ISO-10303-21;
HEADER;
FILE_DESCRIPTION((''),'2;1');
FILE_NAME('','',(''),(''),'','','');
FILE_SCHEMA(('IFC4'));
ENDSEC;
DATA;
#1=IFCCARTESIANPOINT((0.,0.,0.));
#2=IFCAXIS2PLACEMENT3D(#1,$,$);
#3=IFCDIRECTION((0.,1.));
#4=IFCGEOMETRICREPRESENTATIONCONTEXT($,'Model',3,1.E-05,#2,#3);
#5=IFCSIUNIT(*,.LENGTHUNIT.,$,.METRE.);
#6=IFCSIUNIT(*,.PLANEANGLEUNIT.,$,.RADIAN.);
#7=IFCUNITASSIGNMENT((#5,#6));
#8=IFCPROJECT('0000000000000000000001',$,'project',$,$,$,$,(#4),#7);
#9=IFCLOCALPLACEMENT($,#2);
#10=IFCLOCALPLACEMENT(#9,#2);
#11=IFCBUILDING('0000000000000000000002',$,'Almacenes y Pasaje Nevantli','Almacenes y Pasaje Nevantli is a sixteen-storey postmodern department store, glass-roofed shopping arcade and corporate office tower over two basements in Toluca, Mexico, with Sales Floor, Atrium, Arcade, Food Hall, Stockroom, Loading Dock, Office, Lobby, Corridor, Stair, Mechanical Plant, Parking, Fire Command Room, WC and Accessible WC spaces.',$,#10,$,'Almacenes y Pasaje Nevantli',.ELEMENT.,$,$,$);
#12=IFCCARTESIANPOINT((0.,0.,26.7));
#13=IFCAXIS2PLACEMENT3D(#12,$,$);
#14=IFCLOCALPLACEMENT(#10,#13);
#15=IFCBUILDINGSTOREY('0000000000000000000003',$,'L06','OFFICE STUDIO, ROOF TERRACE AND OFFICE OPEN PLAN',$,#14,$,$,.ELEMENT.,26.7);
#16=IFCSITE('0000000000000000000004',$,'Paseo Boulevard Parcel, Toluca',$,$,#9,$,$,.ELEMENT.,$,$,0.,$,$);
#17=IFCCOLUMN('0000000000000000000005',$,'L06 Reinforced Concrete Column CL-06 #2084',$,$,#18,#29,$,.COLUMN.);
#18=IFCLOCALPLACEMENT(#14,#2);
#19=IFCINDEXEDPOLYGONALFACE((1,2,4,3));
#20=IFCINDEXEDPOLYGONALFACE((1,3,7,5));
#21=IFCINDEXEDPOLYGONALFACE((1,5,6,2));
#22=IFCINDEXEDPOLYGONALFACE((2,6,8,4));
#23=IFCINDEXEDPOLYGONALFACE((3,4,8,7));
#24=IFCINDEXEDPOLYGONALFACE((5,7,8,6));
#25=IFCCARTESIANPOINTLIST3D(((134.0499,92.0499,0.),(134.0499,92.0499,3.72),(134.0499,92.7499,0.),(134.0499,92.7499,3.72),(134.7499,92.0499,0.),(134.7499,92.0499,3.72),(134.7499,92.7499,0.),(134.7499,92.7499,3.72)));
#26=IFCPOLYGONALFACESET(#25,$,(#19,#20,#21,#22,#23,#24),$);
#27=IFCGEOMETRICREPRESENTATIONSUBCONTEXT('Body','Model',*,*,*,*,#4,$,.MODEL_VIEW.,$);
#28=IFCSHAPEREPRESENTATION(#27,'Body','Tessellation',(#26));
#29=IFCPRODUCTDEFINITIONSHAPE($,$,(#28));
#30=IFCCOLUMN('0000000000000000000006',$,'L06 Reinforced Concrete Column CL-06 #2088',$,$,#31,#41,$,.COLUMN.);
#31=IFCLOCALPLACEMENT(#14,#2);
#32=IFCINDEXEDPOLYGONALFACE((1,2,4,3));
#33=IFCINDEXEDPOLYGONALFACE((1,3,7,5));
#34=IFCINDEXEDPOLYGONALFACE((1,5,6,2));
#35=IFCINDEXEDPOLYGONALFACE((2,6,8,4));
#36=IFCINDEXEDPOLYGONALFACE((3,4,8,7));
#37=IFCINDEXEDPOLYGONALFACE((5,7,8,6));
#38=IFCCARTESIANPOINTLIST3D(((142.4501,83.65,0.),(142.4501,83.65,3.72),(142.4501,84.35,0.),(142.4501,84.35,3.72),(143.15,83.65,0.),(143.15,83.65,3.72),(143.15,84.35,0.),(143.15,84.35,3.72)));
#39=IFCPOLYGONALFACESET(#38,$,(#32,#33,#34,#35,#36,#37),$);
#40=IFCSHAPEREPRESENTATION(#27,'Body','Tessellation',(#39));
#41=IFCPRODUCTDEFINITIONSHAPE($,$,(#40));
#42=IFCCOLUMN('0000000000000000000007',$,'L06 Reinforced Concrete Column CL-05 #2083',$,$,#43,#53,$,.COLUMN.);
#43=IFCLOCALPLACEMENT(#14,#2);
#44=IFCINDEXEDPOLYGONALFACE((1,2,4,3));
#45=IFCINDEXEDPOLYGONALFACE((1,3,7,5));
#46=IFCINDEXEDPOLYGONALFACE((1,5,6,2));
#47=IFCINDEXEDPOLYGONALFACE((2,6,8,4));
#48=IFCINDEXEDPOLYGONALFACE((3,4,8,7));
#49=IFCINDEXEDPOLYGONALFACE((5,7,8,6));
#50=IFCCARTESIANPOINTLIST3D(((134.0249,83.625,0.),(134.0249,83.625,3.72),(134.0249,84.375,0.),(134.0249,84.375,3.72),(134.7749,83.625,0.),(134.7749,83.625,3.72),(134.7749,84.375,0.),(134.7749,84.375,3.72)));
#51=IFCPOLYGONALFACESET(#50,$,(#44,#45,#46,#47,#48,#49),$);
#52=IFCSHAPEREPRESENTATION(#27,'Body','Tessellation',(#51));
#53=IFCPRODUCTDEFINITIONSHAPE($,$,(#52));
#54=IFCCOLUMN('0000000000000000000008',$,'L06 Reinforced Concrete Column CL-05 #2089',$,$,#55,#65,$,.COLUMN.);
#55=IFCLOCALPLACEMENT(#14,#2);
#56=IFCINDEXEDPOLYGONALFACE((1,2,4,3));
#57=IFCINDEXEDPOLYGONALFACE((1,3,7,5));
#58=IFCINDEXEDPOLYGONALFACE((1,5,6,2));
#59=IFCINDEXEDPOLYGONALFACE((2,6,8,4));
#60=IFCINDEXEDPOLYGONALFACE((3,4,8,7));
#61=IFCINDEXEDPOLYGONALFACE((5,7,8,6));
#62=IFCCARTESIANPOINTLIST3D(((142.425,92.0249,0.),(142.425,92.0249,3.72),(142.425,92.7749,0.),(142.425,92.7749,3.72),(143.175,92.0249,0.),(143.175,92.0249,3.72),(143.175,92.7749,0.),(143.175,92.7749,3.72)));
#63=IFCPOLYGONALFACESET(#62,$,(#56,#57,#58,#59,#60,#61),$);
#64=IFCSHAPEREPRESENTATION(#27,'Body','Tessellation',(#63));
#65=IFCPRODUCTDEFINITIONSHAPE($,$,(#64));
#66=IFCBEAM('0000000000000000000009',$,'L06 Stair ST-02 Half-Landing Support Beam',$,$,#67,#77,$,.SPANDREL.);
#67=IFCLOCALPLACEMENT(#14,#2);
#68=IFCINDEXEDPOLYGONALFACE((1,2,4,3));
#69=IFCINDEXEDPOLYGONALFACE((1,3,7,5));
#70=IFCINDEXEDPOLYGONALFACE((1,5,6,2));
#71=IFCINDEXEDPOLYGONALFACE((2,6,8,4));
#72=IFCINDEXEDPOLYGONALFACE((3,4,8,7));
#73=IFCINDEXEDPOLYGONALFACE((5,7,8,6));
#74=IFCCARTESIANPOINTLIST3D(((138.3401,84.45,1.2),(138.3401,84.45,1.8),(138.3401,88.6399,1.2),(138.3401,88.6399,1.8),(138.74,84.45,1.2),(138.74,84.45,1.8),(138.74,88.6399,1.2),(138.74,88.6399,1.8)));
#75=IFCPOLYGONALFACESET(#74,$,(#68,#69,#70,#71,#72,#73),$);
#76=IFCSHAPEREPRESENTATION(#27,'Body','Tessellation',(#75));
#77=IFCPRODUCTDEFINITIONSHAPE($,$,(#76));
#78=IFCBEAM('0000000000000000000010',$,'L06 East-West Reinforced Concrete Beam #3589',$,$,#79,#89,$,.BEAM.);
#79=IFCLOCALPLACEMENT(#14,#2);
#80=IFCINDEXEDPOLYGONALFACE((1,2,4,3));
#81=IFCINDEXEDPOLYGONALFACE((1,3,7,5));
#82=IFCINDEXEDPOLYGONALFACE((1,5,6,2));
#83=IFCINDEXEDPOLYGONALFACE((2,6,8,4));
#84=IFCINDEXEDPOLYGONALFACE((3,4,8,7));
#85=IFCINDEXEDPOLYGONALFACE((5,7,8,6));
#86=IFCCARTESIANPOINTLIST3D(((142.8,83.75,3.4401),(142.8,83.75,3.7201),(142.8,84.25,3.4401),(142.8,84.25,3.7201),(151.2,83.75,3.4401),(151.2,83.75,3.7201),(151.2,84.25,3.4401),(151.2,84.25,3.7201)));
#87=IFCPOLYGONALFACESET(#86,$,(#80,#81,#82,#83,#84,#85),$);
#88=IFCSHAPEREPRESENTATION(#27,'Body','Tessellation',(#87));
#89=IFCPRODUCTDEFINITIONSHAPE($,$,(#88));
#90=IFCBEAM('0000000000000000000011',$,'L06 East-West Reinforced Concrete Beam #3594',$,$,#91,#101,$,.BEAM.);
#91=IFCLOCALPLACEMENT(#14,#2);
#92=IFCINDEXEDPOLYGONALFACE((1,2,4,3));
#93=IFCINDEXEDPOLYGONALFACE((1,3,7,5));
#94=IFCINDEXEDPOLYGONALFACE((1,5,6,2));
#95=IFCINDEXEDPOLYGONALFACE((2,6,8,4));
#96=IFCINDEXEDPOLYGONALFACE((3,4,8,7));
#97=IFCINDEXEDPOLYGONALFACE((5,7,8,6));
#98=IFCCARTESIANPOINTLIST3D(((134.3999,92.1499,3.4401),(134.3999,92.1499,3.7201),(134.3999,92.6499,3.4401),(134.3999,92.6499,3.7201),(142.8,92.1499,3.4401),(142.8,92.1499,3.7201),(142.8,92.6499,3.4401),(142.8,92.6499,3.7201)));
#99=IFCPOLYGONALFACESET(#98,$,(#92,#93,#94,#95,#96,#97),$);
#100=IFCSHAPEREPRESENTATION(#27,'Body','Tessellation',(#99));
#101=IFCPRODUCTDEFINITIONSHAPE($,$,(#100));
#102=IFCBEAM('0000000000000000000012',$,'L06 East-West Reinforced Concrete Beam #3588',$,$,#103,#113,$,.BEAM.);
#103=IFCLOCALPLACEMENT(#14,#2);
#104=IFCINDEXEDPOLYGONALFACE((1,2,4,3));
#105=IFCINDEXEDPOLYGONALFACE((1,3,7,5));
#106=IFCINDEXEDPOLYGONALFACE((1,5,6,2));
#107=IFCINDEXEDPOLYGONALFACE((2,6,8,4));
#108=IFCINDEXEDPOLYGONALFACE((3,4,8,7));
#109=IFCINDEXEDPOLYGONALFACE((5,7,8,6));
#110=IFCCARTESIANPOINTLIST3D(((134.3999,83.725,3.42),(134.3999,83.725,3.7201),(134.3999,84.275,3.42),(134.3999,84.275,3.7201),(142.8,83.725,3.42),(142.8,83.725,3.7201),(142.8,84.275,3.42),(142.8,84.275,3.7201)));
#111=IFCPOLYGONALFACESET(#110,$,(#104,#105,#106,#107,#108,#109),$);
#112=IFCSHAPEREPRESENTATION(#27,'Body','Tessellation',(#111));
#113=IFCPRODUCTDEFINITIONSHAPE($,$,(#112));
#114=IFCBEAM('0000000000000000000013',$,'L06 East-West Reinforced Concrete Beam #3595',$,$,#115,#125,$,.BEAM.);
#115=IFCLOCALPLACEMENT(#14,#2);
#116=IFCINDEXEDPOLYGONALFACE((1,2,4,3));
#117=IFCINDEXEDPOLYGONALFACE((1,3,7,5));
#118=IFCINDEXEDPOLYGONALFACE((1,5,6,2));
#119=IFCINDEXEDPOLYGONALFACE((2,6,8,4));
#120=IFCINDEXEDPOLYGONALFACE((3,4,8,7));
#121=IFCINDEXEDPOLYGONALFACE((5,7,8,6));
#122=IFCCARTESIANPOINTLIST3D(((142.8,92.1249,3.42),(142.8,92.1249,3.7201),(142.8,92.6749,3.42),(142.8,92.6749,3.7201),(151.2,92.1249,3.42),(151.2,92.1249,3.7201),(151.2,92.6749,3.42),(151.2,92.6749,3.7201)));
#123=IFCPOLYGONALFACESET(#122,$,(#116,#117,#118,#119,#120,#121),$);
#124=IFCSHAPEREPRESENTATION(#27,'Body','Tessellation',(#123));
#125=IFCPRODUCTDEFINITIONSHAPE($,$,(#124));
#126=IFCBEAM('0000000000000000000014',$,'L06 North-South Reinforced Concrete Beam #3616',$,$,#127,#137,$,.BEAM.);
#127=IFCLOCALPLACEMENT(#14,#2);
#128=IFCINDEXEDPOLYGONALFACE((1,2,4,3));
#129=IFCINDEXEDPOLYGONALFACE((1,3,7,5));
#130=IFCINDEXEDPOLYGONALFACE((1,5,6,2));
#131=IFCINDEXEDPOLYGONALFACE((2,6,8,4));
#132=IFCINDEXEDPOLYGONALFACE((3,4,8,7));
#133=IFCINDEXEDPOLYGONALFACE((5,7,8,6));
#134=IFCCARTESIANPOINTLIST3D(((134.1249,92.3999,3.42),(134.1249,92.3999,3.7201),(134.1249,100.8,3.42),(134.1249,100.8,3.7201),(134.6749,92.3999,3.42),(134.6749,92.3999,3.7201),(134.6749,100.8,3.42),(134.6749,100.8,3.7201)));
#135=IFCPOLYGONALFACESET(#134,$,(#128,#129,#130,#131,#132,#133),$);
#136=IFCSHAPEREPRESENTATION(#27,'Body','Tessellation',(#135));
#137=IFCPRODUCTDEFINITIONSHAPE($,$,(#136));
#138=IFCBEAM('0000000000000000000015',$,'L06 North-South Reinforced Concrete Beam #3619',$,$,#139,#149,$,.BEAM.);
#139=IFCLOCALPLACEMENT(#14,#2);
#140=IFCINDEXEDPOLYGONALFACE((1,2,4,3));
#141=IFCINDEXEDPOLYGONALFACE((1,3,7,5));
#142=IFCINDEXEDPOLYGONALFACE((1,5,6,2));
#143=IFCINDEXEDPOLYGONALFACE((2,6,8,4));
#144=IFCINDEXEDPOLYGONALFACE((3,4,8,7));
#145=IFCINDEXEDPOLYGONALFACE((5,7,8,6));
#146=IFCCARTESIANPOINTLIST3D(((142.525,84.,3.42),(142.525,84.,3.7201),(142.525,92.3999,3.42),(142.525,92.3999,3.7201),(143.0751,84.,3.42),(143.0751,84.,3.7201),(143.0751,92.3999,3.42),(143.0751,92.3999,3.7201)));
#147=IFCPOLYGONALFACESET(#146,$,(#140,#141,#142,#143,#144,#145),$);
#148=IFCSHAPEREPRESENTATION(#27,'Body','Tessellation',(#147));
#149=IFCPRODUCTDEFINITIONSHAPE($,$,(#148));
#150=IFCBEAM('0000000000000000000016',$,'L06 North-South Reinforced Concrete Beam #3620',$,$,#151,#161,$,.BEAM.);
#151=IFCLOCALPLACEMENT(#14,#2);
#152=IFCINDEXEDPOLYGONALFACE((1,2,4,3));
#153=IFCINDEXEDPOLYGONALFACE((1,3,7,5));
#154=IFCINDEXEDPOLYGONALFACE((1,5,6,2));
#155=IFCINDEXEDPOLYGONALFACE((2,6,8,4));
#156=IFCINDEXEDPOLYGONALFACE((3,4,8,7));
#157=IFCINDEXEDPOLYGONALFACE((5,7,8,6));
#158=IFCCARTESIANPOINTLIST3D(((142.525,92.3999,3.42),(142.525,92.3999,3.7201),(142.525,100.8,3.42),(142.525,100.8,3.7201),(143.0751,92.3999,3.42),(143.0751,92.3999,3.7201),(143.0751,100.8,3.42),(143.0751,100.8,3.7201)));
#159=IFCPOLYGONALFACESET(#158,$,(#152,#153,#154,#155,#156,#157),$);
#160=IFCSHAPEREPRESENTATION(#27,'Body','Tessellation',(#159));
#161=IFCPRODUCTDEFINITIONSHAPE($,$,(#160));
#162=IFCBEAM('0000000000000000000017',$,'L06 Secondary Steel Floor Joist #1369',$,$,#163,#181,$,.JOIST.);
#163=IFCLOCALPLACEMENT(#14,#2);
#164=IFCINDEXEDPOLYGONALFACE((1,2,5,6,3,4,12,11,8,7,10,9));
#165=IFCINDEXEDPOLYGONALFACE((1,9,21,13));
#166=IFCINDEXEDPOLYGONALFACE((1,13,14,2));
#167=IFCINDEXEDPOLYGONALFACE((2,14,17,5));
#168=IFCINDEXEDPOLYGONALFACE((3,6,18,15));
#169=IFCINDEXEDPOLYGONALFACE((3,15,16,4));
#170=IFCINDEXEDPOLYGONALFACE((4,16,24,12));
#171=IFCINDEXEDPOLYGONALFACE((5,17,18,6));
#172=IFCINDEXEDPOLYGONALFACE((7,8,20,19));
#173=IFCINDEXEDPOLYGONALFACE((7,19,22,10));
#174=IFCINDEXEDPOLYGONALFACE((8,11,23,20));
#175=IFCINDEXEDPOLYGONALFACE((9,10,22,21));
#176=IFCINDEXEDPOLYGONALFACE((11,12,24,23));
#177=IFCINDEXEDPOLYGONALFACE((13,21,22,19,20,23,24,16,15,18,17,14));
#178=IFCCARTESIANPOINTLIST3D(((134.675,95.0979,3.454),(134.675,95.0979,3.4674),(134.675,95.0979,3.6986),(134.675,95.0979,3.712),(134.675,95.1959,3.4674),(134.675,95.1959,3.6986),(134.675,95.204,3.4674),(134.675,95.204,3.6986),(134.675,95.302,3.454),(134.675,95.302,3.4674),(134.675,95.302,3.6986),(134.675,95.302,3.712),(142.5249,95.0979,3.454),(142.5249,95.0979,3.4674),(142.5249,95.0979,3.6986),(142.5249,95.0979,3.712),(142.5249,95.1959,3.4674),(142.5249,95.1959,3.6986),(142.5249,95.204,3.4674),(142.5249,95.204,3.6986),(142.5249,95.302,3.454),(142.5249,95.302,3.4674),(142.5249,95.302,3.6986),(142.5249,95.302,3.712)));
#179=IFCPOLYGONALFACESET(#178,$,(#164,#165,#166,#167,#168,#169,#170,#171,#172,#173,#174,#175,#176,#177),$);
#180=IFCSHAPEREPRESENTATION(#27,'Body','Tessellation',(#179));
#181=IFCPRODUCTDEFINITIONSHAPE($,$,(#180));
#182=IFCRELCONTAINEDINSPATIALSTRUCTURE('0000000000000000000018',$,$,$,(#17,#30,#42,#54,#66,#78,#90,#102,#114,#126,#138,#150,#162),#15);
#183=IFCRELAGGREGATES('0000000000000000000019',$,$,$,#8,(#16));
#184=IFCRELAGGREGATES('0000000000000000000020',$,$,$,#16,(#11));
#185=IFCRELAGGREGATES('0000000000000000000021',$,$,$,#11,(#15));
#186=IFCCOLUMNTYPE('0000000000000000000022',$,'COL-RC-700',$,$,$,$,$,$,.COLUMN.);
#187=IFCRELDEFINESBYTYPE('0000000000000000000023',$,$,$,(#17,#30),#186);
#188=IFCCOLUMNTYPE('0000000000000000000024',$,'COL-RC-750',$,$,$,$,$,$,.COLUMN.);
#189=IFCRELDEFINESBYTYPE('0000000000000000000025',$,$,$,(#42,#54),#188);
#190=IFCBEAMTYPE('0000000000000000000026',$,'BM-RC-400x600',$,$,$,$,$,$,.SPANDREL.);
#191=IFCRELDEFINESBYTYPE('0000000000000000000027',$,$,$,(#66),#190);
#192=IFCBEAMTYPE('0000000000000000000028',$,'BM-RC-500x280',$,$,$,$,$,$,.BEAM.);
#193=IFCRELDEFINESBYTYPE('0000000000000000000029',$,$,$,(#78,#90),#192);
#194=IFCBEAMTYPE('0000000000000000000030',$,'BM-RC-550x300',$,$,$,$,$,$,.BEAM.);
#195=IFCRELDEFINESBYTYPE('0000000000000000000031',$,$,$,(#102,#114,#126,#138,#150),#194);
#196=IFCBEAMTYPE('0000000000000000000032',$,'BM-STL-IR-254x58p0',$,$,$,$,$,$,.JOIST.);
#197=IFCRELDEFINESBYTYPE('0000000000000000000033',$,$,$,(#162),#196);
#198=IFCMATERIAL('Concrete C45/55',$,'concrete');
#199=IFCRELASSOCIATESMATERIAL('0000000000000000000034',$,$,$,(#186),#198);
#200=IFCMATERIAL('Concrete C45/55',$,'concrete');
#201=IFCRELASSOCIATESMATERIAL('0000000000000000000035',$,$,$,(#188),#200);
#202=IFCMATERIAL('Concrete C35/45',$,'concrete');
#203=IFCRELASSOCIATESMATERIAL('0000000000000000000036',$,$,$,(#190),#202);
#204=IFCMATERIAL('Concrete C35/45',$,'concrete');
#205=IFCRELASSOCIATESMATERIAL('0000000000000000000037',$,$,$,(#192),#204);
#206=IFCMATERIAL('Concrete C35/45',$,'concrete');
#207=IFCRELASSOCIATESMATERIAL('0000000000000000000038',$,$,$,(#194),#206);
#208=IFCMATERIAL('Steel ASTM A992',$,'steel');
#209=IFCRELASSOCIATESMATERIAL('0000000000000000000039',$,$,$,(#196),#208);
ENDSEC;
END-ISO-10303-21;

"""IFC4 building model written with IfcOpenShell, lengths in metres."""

from ifc_helpers import new_model, si_unit, direction, frame, origin, origin_2d, place, context, subcontext, project, spatial, rectangle, i_section, extrude, material, material_profile, profile_set, type_object, element, save


model = new_model("IFC4")

# Units and contexts
model_context = context("Model", 3, precision=1e-05, world=origin(), true_north=direction((0.0, 1.0)))
body_context = subcontext(model_context, "Body", "Model", "MODEL_VIEW")
ifc_project = project(units=[si_unit("LENGTHUNIT", "METRE"), si_unit("PLANEANGLEUNIT", "RADIAN")], contexts=[model_context])

# Site, building, storey
site_placement = place(None, origin())
site = spatial("IfcSite", under=ifc_project, at=site_placement, Name="Paseo Boulevard Parcel, Toluca", CompositionType="ELEMENT", RefElevation=0.0)
building_placement = place(site_placement, origin())
building = spatial("IfcBuilding", under=site, at=building_placement, Name="Almacenes y Pasaje Nevantli", Description="Almacenes y Pasaje Nevantli is a sixteen-storey postmodern department store, glass-roofed shopping arcade and corporate office tower over two basements in Toluca, Mexico, with Sales Floor, Atrium, Arcade, Food Hall, Stockroom, Loading Dock, Office, Lobby, Corridor, Stair, Mechanical Plant, Parking, Fire Command Room, WC and Accessible WC spaces.", LongName="Almacenes y Pasaje Nevantli", CompositionType="ELEMENT")
storey_placement = place(building_placement, frame((0.0, 0.0, 26.7)))
storey = spatial("IfcBuildingStorey", under=building, at=storey_placement, Name="L06", Description="OFFICE STUDIO, ROOF TERRACE AND OFFICE OPEN PLAN", CompositionType="ELEMENT", Elevation=26.7)

# Columns
ifc_material_1 = material(Name="Concrete C45/55", Category="concrete")
ifc_material_profile_1 = material_profile(ifc_material_1, rectangle(XDim=0.7, YDim=0.7, at=origin_2d()), Name="RC-COL-700x700")
ifc_profile_set_1 = profile_set([ifc_material_profile_1], Name="Concrete C45/55")
column_type_1 = type_object("IfcColumnType", Name="COL-RC-700", PredefinedType="COLUMN", material=ifc_profile_set_1)
for number, where, z_axis, x_axis, name in (
    (1, (134.3999, 92.3999, 0.0), (0.0, 0.0, 1.0), (1.0, 0.0, 0.0), "L06 Reinforced Concrete Column CL-06 #2084"),
    (2, (142.8, 84.0, 0.0), (0.0, 0.0, 1.0), (1.0, 0.0, 0.0), "L06 Reinforced Concrete Column CL-06 #2088"),
):
    element("IfcColumn", number, at=place(storey_placement, frame(where, z_axis=z_axis, x_axis=x_axis)), inside=storey, type_object=column_type_1, Name=name, PredefinedType="COLUMN", context=body_context, shape_type="SweptSolid", body=[
        extrude(rectangle(XDim=0.7, YDim=0.7, at=origin_2d()), origin(), (0.0, 0.0, 1.0), 3.72),
    ])
ifc_material_2 = material(Name="Concrete C45/55", Category="concrete")
ifc_material_profile_2 = material_profile(ifc_material_2, rectangle(XDim=0.75, YDim=0.75, at=origin_2d()), Name="RC-COL-750x750")
ifc_profile_set_2 = profile_set([ifc_material_profile_2], Name="Concrete C45/55")
column_type_2 = type_object("IfcColumnType", Name="COL-RC-750", PredefinedType="COLUMN", material=ifc_profile_set_2)
for number, where, z_axis, x_axis, name in (
    (3, (134.3999, 84.0, 0.0), (0.0, 0.0, 1.0), (1.0, 0.0, 0.0), "L06 Reinforced Concrete Column CL-05 #2083"),
    (4, (142.8, 92.3999, 0.0), (0.0, 0.0, 1.0), (1.0, 0.0, 0.0), "L06 Reinforced Concrete Column CL-05 #2089"),
):
    element("IfcColumn", number, at=place(storey_placement, frame(where, z_axis=z_axis, x_axis=x_axis)), inside=storey, type_object=column_type_2, Name=name, PredefinedType="COLUMN", context=body_context, shape_type="SweptSolid", body=[
        extrude(rectangle(XDim=0.75, YDim=0.75, at=origin_2d()), origin(), (0.0, 0.0, 1.0), 3.72),
    ])

# Beams
ifc_material_3 = material(Name="Concrete C35/45", Category="concrete")
ifc_material_profile_3 = material_profile(ifc_material_3, rectangle(XDim=0.3999, YDim=0.6001, at=origin_2d()), Name="RC-BM-400x600")
ifc_profile_set_3 = profile_set([ifc_material_profile_3], Name="Concrete C35/45")
beam_type_1 = type_object("IfcBeamType", Name="BM-RC-400x600", PredefinedType="SPANDREL", material=ifc_profile_set_3)
beam_1_placement = place(storey_placement, frame((138.54, 84.45, 1.5), z_axis=(0.0, 1.0, 0.0), x_axis=(-1.0, 0.0, 0.0)))
element("IfcBeam", 5, at=beam_1_placement, inside=storey, type_object=beam_type_1, Name="L06 Stair ST-02 Half-Landing Support Beam", PredefinedType="SPANDREL", context=body_context, shape_type="SweptSolid", body=[
    extrude(rectangle(XDim=0.3999, YDim=0.6001, at=origin_2d()), origin(), (0.0, 0.0, 1.0), 4.1899),
])
ifc_material_4 = material(Name="Concrete C35/45", Category="concrete")
ifc_material_profile_4 = material_profile(ifc_material_4, rectangle(XDim=0.5, YDim=0.28, at=origin_2d()), Name="RC-BM-500x280")
ifc_profile_set_4 = profile_set([ifc_material_profile_4], Name="Concrete C35/45")
beam_type_2 = type_object("IfcBeamType", Name="BM-RC-500x280", PredefinedType="BEAM", material=ifc_profile_set_4)
beam_2_placement = place(storey_placement, frame((142.8, 84.0, 3.5801), z_axis=(1.0, 0.0, 0.0), x_axis=(0.0, 1.0, 0.0)))
element("IfcBeam", 6, at=beam_2_placement, inside=storey, type_object=beam_type_2, Name="L06 East-West Reinforced Concrete Beam #3589", PredefinedType="BEAM", context=body_context, shape_type="SweptSolid", body=[
    extrude(rectangle(XDim=0.5, YDim=0.28, at=origin_2d()), origin(), (0.0, 0.0, 1.0), 8.3999),
])
beam_3_placement = place(storey_placement, frame((134.3999, 92.3999, 3.5801), z_axis=(1.0, 0.0, 0.0), x_axis=(0.0, 1.0, 0.0)))
element("IfcBeam", 7, at=beam_3_placement, inside=storey, type_object=beam_type_2, Name="L06 East-West Reinforced Concrete Beam #3594", PredefinedType="BEAM", context=body_context, shape_type="SweptSolid", body=[
    extrude(rectangle(XDim=0.5, YDim=0.28, at=origin_2d()), origin(), (0.0, 0.0, 1.0), 8.4001),
])
ifc_material_5 = material(Name="Concrete C35/45", Category="concrete")
ifc_material_profile_5 = material_profile(ifc_material_5, rectangle(XDim=0.55, YDim=0.3, at=origin_2d()), Name="RC-BM-550x300")
ifc_profile_set_5 = profile_set([ifc_material_profile_5], Name="Concrete C35/45")
beam_type_3 = type_object("IfcBeamType", Name="BM-RC-550x300", PredefinedType="BEAM", material=ifc_profile_set_5)
beam_4_placement = place(storey_placement, frame((134.3999, 84.0, 3.5701), z_axis=(1.0, 0.0, 0.0), x_axis=(0.0, 1.0, 0.0)))
element("IfcBeam", 8, at=beam_4_placement, inside=storey, type_object=beam_type_3, Name="L06 East-West Reinforced Concrete Beam #3588", PredefinedType="BEAM", context=body_context, shape_type="SweptSolid", body=[
    extrude(rectangle(XDim=0.55, YDim=0.3, at=origin_2d()), origin(), (0.0, 0.0, 1.0), 8.4001),
])
beam_5_placement = place(storey_placement, frame((142.8, 92.3999, 3.5701), z_axis=(1.0, 0.0, 0.0), x_axis=(0.0, 1.0, 0.0)))
element("IfcBeam", 9, at=beam_5_placement, inside=storey, type_object=beam_type_3, Name="L06 East-West Reinforced Concrete Beam #3595", PredefinedType="BEAM", context=body_context, shape_type="SweptSolid", body=[
    extrude(rectangle(XDim=0.55, YDim=0.3, at=origin_2d()), origin(), (0.0, 0.0, 1.0), 8.3999),
])
beam_6_placement = place(storey_placement, frame((134.3999, 92.3999, 3.5701), z_axis=(0.0, 1.0, 0.0), x_axis=(-1.0, 0.0, 0.0)))
element("IfcBeam", 10, at=beam_6_placement, inside=storey, type_object=beam_type_3, Name="L06 North-South Reinforced Concrete Beam #3616", PredefinedType="BEAM", context=body_context, shape_type="SweptSolid", body=[
    extrude(rectangle(XDim=0.55, YDim=0.3, at=origin_2d()), origin(), (0.0, 0.0, 1.0), 8.4001),
])
beam_7_placement = place(storey_placement, frame((142.8, 84.0, 3.5701), z_axis=(0.0, 1.0, 0.0), x_axis=(-1.0, 0.0, 0.0)))
element("IfcBeam", 11, at=beam_7_placement, inside=storey, type_object=beam_type_3, Name="L06 North-South Reinforced Concrete Beam #3619", PredefinedType="BEAM", context=body_context, shape_type="SweptSolid", body=[
    extrude(rectangle(XDim=0.55, YDim=0.3, at=origin_2d()), origin(), (0.0, 0.0, 1.0), 8.3999),
])
beam_8_placement = place(storey_placement, frame((142.8, 92.3999, 3.5701), z_axis=(0.0, 1.0, 0.0), x_axis=(-1.0, 0.0, 0.0)))
element("IfcBeam", 12, at=beam_8_placement, inside=storey, type_object=beam_type_3, Name="L06 North-South Reinforced Concrete Beam #3620", PredefinedType="BEAM", context=body_context, shape_type="SweptSolid", body=[
    extrude(rectangle(XDim=0.55, YDim=0.3, at=origin_2d()), origin(), (0.0, 0.0, 1.0), 8.4001),
])
ifc_material_6 = material(Name="Steel ASTM A992", Category="steel")
ifc_material_profile_6 = material_profile(ifc_material_6, i_section(OverallWidth=0.2041, OverallDepth=0.2581, WebThickness=0.0081, FlangeThickness=0.0134, at=origin_2d()), Name="IR 254x58.0")
ifc_profile_set_6 = profile_set([ifc_material_profile_6], Name="Steel ASTM A992")
beam_type_4 = type_object("IfcBeamType", Name="BM-STL-IR-254x58p0", PredefinedType="JOIST", material=ifc_profile_set_6)
for number, where, z_axis, x_axis, name in (
    (13, (134.675, 95.2, 3.583), (1.0, 0.0, 0.0), (0.0, 1.0, 0.0), "L06 Secondary Steel Floor Joist #1369"),
):
    element("IfcBeam", number, at=place(storey_placement, frame(where, z_axis=z_axis, x_axis=x_axis)), inside=storey, type_object=beam_type_4, Name=name, PredefinedType="JOIST", context=body_context, shape_type="SweptSolid", body=[
        extrude(i_section(OverallWidth=0.2041, OverallDepth=0.2581, WebThickness=0.0081, FlangeThickness=0.0134, at=origin_2d()), origin(), (0.0, 0.0, 1.0), 7.8499),
    ])

save(model, "model.ifc")
